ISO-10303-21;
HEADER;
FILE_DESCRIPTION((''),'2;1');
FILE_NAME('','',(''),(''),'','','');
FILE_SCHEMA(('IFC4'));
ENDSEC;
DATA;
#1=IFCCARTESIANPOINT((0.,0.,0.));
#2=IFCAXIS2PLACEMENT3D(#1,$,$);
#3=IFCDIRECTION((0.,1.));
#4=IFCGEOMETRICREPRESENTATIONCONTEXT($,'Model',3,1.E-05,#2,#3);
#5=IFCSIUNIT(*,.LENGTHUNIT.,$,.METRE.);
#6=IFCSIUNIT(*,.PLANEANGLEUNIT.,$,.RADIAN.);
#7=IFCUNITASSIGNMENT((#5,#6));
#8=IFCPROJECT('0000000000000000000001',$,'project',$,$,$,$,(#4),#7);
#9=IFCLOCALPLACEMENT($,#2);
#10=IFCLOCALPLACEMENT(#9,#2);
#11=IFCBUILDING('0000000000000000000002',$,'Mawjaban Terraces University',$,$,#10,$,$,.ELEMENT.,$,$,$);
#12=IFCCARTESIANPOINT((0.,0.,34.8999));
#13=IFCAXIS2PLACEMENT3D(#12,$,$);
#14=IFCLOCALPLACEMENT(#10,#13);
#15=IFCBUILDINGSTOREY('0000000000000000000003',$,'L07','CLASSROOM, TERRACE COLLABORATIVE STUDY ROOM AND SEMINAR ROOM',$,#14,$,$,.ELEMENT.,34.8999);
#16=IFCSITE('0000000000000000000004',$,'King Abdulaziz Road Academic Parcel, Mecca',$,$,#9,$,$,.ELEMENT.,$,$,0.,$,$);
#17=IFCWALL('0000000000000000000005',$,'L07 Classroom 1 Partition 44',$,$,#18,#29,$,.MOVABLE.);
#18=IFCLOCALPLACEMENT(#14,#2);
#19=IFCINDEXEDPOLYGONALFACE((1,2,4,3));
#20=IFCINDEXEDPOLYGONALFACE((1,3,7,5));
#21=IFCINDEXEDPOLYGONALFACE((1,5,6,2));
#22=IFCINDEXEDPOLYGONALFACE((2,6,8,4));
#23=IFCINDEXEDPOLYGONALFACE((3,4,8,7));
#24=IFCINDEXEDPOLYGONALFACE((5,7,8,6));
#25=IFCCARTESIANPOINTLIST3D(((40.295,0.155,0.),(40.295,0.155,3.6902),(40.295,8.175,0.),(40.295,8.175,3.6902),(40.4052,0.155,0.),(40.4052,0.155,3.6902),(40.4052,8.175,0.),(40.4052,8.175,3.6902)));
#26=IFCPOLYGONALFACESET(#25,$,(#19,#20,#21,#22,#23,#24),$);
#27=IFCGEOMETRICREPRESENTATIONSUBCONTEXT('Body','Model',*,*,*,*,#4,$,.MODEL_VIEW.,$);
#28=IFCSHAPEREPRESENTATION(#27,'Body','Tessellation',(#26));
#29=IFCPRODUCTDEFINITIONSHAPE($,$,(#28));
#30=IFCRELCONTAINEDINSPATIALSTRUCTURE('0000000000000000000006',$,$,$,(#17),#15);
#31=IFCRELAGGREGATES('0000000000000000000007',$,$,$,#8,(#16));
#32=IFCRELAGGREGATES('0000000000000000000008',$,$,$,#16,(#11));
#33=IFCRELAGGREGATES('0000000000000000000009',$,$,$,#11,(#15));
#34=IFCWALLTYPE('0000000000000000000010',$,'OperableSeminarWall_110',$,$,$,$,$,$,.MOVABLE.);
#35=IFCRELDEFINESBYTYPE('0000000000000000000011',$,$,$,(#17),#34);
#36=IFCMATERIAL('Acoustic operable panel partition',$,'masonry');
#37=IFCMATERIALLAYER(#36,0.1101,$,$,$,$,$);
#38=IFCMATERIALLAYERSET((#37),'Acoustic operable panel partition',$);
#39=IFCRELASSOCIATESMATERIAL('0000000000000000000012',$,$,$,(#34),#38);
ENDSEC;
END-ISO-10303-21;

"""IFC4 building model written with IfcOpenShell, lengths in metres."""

from ifc_helpers import new_model, si_unit, direction, frame, frame_2d, origin, place, context, subcontext, project, spatial, rectangle, extrude, material, layer, layer_set, type_object, element, save


model = new_model("IFC4")

# Units and contexts
model_context = context("Model", 3, precision=1e-05, world=origin(), true_north=direction((0.0, 1.0)))
body_context = subcontext(model_context, "Body", "Model", "MODEL_VIEW")
ifc_project = project(units=[si_unit("LENGTHUNIT", "METRE"), si_unit("PLANEANGLEUNIT", "RADIAN")], contexts=[model_context])

# Site, building, storey
site_placement = place(None, origin())
site = spatial("IfcSite", under=ifc_project, at=site_placement, Name="King Abdulaziz Road Academic Parcel, Mecca", CompositionType="ELEMENT", RefElevation=0.0)
building_placement = place(site_placement, origin())
building = spatial("IfcBuilding", under=site, at=building_placement, Name="Mawjaban Terraces University", CompositionType="ELEMENT")
storey_placement = place(building_placement, frame((0.0, 0.0, 34.8999)))
storey = spatial("IfcBuildingStorey", under=building, at=storey_placement, Name="L07", Description="CLASSROOM, TERRACE COLLABORATIVE STUDY ROOM AND SEMINAR ROOM", CompositionType="ELEMENT", Elevation=34.8999)

# Wall
ifc_material_1 = material(Name="Acoustic operable panel partition", Category="masonry")
ifc_layer_1 = layer(ifc_material_1, 0.1101)
ifc_layer_set_1 = layer_set([ifc_layer_1], Name="Acoustic operable panel partition")
wall_type_1 = type_object("IfcWallType", Name="OperableSeminarWall_110", PredefinedType="MOVABLE", material=ifc_layer_set_1)
wall_1_placement = place(storey_placement, frame((40.3501, 0.155, 0.0), z_axis=(0.0, 0.0, 1.0), x_axis=(0.0, 1.0, 0.0)))
element("IfcWall", 1, at=wall_1_placement, inside=storey, type_object=wall_type_1, Name="L07 Classroom 1 Partition 44", PredefinedType="MOVABLE", context=body_context, shape_type="SweptSolid", body=[
    extrude(rectangle(XDim=8.02, YDim=0.1101, at=frame_2d((4.01, 0.0))), origin(), (0.0, 0.0, 1.0), 3.6902),
])

save(model, "model.ifc")
